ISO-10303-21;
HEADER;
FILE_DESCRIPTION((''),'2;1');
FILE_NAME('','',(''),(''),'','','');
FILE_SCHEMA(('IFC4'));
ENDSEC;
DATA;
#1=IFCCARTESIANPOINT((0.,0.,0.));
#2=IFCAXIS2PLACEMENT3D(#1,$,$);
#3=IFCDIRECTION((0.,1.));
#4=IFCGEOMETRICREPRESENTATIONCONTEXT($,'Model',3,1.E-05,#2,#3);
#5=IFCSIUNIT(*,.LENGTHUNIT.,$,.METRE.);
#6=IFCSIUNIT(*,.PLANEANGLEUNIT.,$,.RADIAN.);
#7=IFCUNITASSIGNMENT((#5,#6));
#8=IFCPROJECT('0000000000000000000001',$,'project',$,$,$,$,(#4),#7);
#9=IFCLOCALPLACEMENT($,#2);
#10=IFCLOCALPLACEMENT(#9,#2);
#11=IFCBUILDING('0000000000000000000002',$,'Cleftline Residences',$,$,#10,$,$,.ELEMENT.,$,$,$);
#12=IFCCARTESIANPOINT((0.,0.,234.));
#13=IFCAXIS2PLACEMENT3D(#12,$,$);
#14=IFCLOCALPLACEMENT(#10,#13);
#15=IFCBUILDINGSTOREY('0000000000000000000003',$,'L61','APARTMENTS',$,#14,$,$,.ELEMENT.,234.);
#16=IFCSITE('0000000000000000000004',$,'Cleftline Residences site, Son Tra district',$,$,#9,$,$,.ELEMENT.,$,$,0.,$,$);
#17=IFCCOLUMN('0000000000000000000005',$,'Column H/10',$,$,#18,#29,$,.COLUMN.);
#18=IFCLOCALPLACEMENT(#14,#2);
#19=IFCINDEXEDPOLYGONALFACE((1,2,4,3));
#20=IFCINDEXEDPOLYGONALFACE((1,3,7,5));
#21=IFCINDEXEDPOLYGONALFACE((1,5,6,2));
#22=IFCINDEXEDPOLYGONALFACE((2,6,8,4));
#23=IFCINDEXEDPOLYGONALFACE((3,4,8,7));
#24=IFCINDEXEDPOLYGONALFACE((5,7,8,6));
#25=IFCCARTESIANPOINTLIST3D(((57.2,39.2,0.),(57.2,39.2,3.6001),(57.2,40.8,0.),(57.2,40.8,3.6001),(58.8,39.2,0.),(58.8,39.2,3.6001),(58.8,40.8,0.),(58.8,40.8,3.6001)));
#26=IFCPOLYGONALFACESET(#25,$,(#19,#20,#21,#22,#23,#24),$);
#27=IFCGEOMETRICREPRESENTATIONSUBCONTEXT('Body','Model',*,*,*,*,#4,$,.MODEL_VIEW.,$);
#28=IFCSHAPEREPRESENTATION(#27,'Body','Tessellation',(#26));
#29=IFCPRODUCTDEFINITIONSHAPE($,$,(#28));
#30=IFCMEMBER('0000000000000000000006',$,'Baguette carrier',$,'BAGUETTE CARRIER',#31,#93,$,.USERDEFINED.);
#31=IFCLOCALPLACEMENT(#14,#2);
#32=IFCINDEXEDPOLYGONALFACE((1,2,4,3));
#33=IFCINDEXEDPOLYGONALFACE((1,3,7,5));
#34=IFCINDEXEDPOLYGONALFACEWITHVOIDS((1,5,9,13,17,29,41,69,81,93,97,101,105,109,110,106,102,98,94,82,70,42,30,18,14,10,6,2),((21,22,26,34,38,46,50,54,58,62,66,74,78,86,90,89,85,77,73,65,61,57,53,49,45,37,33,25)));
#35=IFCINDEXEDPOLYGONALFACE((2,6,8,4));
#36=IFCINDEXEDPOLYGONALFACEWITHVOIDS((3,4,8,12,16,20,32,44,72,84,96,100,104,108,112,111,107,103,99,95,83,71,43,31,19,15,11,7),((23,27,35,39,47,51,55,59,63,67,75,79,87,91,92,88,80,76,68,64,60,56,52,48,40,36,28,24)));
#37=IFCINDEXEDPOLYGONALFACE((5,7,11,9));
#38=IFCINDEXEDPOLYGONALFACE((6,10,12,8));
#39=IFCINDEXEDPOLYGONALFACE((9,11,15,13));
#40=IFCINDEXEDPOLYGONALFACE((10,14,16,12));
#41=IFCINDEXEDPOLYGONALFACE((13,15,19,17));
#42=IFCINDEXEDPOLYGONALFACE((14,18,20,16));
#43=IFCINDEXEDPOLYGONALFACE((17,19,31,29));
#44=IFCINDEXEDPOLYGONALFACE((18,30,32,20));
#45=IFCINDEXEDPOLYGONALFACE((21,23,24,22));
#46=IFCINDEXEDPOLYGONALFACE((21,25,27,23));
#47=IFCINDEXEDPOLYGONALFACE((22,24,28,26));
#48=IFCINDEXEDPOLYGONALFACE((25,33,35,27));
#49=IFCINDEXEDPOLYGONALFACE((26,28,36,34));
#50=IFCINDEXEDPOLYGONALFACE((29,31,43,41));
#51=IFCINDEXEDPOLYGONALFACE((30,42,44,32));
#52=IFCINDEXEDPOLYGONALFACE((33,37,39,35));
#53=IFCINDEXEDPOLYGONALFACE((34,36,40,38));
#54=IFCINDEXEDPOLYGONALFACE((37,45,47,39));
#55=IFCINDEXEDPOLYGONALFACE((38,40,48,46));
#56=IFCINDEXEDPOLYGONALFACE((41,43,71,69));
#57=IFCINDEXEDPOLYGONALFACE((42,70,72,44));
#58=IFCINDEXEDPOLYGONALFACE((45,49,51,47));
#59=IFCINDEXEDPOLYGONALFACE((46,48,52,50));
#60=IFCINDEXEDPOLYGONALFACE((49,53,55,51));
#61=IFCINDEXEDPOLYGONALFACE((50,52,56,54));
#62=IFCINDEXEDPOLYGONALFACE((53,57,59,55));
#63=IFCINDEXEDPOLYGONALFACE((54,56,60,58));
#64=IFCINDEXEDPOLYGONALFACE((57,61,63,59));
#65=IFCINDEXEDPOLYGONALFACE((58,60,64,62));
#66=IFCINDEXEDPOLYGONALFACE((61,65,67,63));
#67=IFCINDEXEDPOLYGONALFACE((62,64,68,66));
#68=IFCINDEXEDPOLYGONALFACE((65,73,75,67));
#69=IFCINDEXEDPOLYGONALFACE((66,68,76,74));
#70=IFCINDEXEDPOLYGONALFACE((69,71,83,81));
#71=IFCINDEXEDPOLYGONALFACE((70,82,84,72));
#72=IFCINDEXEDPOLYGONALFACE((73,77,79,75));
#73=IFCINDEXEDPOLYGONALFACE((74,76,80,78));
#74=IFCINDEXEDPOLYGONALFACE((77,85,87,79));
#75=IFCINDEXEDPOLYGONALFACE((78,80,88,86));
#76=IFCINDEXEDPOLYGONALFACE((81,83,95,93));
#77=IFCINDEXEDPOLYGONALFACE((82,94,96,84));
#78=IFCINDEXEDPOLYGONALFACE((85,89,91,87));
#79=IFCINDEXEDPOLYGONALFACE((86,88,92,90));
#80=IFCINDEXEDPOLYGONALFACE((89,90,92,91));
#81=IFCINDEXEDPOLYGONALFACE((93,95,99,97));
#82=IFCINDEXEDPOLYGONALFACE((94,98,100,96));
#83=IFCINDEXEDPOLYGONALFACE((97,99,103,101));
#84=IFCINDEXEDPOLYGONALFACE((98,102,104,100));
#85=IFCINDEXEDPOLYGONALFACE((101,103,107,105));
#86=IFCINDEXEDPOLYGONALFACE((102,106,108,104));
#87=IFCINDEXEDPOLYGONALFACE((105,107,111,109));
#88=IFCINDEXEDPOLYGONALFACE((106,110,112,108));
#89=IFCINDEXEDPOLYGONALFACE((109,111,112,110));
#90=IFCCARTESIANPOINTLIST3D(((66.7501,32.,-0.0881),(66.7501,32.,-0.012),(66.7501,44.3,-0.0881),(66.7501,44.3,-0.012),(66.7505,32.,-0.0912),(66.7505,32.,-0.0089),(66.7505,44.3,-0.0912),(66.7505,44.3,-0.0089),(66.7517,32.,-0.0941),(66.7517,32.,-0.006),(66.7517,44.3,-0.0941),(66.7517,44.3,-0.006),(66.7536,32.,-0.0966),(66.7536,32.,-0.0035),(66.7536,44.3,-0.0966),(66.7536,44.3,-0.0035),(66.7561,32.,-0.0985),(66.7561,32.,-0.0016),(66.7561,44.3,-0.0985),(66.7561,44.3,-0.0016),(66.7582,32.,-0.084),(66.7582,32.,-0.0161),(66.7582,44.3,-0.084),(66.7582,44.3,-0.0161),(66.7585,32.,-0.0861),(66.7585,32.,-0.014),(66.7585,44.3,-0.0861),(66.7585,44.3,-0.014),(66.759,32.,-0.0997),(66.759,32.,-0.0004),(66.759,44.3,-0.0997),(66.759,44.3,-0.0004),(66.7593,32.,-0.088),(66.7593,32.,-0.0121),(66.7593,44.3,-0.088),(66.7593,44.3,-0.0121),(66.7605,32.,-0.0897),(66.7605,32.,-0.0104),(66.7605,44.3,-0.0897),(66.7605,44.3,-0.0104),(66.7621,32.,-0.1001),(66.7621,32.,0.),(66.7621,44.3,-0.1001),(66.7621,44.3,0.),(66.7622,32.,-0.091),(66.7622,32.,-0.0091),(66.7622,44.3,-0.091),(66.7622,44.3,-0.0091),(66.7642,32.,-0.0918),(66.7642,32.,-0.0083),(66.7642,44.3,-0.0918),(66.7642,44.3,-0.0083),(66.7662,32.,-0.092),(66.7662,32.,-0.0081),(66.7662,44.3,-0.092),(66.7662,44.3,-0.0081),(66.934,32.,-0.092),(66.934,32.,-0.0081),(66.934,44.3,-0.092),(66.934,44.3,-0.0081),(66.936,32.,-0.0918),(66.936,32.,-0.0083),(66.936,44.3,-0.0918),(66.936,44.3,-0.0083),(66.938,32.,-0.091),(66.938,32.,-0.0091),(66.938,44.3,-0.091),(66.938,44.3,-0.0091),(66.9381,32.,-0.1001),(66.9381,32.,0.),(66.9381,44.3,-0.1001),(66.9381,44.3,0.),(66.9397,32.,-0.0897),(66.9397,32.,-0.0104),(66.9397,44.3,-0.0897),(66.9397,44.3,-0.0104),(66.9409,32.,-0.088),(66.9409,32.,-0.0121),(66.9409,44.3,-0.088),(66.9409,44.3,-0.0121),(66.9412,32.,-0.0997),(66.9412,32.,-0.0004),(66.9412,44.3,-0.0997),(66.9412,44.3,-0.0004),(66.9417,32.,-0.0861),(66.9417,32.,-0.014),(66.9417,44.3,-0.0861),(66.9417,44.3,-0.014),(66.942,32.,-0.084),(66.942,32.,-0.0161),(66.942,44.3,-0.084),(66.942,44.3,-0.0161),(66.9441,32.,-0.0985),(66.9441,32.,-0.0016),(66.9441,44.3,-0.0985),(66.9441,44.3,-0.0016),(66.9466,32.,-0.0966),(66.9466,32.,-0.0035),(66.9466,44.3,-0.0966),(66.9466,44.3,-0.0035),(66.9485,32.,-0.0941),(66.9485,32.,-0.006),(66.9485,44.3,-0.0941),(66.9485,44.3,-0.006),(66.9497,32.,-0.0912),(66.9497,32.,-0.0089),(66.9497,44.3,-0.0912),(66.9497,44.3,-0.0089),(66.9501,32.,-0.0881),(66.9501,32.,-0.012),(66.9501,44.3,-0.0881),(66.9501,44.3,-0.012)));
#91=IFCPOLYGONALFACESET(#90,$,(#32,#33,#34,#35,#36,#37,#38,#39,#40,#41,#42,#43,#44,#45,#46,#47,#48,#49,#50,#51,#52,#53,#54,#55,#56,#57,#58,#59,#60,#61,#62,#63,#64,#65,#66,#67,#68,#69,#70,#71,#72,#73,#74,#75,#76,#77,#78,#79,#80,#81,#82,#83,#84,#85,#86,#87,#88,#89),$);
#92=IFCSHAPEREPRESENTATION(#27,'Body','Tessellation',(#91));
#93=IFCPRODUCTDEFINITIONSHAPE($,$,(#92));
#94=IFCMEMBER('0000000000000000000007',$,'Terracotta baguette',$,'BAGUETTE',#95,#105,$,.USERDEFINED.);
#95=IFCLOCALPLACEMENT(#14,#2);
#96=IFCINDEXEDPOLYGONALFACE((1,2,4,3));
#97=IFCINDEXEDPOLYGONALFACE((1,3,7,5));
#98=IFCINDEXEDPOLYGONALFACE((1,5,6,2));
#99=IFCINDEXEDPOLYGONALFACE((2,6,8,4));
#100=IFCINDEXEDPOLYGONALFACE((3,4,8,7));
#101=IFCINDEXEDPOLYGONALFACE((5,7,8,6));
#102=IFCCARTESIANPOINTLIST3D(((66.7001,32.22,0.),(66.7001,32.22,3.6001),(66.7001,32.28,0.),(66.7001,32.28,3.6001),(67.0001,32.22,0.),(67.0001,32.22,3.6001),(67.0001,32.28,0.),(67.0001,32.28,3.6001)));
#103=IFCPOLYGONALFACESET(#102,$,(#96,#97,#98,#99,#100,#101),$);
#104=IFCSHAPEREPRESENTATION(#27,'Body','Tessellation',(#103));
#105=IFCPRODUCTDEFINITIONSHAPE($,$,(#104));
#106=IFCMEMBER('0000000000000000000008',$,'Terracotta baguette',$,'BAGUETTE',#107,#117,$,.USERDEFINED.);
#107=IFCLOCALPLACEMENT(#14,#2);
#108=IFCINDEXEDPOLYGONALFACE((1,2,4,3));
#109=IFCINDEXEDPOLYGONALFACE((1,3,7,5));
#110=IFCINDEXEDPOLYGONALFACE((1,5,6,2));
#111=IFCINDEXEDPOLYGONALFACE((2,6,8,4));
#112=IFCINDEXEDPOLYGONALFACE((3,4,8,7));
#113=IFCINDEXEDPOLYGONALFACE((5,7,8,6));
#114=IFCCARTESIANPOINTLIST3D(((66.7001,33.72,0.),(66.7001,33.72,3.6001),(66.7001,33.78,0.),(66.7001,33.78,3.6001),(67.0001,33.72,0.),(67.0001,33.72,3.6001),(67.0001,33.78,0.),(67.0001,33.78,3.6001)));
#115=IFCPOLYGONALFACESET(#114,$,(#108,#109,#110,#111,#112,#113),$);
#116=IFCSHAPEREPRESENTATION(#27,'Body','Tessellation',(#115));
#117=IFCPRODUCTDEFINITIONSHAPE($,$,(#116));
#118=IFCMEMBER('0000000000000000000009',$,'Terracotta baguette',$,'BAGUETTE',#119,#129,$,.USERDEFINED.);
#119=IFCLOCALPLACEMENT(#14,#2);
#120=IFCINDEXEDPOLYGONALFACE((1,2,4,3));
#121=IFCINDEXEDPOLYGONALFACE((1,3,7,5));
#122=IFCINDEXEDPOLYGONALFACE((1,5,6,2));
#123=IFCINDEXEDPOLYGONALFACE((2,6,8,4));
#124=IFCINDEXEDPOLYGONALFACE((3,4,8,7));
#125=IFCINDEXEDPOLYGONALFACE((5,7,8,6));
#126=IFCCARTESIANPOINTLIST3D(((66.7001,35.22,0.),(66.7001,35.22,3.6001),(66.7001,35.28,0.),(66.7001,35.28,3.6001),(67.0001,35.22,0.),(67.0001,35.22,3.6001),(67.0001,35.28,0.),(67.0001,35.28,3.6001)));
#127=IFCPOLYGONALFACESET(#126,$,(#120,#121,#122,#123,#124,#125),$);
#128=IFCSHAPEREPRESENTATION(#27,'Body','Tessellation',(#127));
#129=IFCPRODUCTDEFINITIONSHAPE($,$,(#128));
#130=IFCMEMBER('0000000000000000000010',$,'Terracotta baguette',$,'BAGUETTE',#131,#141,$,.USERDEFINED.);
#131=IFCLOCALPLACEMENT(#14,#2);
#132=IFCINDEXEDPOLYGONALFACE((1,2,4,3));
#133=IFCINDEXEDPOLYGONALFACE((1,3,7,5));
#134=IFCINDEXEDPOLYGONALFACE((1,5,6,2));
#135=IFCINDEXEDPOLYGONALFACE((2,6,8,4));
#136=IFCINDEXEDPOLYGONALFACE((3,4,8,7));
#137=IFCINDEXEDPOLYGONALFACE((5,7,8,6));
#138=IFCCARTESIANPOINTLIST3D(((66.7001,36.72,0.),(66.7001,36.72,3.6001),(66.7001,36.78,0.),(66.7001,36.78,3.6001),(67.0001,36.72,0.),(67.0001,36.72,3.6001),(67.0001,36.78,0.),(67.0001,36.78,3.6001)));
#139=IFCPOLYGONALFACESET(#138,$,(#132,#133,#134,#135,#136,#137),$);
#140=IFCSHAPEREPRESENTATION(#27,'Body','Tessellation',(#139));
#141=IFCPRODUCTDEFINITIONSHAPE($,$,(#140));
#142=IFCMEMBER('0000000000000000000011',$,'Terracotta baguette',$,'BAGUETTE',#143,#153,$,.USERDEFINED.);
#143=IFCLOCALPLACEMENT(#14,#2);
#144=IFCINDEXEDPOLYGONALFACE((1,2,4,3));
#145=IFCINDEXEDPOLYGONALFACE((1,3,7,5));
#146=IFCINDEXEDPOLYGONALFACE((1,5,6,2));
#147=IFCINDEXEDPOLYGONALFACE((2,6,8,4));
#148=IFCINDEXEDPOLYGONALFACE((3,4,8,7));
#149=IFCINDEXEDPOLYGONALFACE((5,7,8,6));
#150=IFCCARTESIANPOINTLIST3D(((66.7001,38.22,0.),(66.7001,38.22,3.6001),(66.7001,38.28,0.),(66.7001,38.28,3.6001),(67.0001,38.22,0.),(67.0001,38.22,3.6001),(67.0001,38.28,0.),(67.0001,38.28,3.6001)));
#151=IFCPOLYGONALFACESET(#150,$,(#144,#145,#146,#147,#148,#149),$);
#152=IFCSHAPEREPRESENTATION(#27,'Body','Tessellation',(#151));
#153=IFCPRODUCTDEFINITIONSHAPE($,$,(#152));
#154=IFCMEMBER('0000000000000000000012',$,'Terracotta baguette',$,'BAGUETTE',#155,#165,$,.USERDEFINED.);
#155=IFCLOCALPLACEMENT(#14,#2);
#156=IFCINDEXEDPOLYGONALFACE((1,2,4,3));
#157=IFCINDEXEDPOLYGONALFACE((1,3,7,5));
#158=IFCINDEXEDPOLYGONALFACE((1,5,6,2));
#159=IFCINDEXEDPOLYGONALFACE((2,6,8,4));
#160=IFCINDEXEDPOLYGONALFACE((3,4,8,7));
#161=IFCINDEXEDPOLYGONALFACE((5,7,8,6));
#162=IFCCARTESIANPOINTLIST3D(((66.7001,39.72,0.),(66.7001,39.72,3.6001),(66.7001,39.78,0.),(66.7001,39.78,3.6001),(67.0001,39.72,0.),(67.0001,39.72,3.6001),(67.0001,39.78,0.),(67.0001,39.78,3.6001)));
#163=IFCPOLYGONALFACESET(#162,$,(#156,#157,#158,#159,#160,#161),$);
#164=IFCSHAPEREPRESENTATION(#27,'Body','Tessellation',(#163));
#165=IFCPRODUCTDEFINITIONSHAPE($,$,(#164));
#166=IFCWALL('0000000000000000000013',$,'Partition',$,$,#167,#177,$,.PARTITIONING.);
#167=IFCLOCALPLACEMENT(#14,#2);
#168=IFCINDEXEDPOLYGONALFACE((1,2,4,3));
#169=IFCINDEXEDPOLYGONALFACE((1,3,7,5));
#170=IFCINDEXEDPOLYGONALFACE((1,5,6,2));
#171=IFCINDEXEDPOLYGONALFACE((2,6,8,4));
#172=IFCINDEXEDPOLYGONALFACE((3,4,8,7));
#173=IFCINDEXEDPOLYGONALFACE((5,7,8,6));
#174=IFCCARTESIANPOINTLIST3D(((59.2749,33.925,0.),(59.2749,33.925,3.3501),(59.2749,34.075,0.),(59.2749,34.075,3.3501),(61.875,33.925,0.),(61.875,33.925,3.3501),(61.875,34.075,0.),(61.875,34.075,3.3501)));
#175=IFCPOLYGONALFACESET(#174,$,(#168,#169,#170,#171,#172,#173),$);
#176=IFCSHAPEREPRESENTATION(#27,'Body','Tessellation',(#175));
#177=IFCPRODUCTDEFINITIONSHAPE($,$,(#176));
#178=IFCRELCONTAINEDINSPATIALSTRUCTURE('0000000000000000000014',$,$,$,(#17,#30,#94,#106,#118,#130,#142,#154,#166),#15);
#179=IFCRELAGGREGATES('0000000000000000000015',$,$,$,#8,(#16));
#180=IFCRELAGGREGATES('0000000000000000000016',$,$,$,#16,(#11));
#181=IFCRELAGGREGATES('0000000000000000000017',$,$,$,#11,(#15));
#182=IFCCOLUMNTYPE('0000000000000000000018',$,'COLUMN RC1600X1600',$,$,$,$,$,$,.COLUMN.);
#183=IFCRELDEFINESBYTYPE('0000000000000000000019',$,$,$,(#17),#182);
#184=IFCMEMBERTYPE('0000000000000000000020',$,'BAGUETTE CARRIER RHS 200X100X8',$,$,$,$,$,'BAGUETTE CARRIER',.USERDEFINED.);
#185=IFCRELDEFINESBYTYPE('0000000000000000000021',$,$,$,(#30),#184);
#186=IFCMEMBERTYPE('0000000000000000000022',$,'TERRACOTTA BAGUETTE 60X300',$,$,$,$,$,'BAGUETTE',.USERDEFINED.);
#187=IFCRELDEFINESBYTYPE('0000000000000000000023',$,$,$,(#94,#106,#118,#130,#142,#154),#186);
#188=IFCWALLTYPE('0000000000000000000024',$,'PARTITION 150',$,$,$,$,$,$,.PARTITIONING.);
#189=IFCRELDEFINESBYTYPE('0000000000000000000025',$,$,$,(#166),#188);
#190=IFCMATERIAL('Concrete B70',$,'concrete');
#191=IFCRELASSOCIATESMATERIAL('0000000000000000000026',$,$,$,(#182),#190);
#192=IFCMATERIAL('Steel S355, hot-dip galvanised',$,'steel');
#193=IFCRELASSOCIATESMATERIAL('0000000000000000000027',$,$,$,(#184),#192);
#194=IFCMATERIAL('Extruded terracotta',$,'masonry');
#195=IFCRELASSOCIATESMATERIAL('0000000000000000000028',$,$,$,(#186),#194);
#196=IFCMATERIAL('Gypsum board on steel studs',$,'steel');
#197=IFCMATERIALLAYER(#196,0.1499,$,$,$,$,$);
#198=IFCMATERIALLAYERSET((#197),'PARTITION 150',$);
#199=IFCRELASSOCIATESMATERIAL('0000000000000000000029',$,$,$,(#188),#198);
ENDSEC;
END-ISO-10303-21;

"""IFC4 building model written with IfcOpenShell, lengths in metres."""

from ifc_helpers import new_model, si_unit, direction, frame, frame_2d, origin, origin_2d, place, context, subcontext, project, spatial, rectangle, hollow_rectangle, extrude, material, layer, layer_set, material_profile, profile_set, type_object, element, save


model = new_model("IFC4")

# Units and contexts
model_context = context("Model", 3, precision=1e-05, world=origin(), true_north=direction((0.0, 1.0)))
body_context = subcontext(model_context, "Body", "Model", "MODEL_VIEW")
ifc_project = project(units=[si_unit("LENGTHUNIT", "METRE"), si_unit("PLANEANGLEUNIT", "RADIAN")], contexts=[model_context])

# Site, building, storey
site_placement = place(None, origin())
site = spatial("IfcSite", under=ifc_project, at=site_placement, Name="Cleftline Residences site, Son Tra district", CompositionType="ELEMENT", RefElevation=0.0)
building_placement = place(site_placement, origin())
building = spatial("IfcBuilding", under=site, at=building_placement, Name="Cleftline Residences", CompositionType="ELEMENT")
storey_placement = place(building_placement, frame((0.0, 0.0, 234.0)))
storey = spatial("IfcBuildingStorey", under=building, at=storey_placement, Name="L61", Description="APARTMENTS", CompositionType="ELEMENT", Elevation=234.0)

# Column
ifc_material_1 = material(Name="Concrete B70", Category="concrete")
ifc_material_profile_1 = material_profile(ifc_material_1, rectangle(XDim=1.6001, YDim=1.6001, at=origin_2d()))
ifc_profile_set_1 = profile_set([ifc_material_profile_1], Name="Concrete B70")
column_type = type_object("IfcColumnType", Name="COLUMN RC1600X1600", PredefinedType="COLUMN", material=ifc_profile_set_1)
column_placement = place(storey_placement, frame((58.0, 40.0, 0.0), z_axis=(0.0, 0.0, 1.0), x_axis=(1.0, 0.0, 0.0)))
element("IfcColumn", 1, at=column_placement, inside=storey, type_object=column_type, Name="Column H/10", PredefinedType="COLUMN", context=body_context, shape_type="SweptSolid", body=[
    extrude(rectangle(XDim=1.6001, YDim=1.6001, at=origin_2d()), origin(), (0.0, 0.0, 1.0), 3.6001),
])

# Members
ifc_material_2 = material(Name="Steel S355, hot-dip galvanised", Category="steel")
ifc_material_profile_2 = material_profile(ifc_material_2, hollow_rectangle(XDim=0.1001, YDim=0.2, WallThickness=0.0081, InnerFilletRadius=0.0081, OuterFilletRadius=0.012, at=origin_2d()))
ifc_profile_set_2 = profile_set([ifc_material_profile_2], Name="Steel S355, hot-dip galvanised")
member_type_1 = type_object("IfcMemberType", Name="BAGUETTE CARRIER RHS 200X100X8", ElementType="BAGUETTE CARRIER", PredefinedType="USERDEFINED", material=ifc_profile_set_2)
member_placement = place(storey_placement, frame((66.8501, 32.0, -0.05), z_axis=(0.0, 1.0, 0.0), x_axis=(0.0, 0.0, 1.0)))
element("IfcMember", 2, at=member_placement, inside=storey, type_object=member_type_1, Name="Baguette carrier", ObjectType="BAGUETTE CARRIER", PredefinedType="USERDEFINED", context=body_context, shape_type="SweptSolid", body=[
    extrude(hollow_rectangle(XDim=0.1001, YDim=0.2, WallThickness=0.0081, InnerFilletRadius=0.0081, OuterFilletRadius=0.012, at=origin_2d()), origin(), (0.0, 0.0, 1.0), 12.3),
])
ifc_material_3 = material(Name="Extruded terracotta", Category="masonry")
ifc_material_profile_3 = material_profile(ifc_material_3, rectangle(XDim=0.0601, YDim=0.3, at=origin_2d()))
ifc_profile_set_3 = profile_set([ifc_material_profile_3], Name="Extruded terracotta")
member_type_2 = type_object("IfcMemberType", Name="TERRACOTTA BAGUETTE 60X300", ElementType="BAGUETTE", PredefinedType="USERDEFINED", material=ifc_profile_set_3)
for number, where, z_axis, x_axis, name in (
    (3, (66.8501, 32.25, 0.0), (0.0, 0.0, 1.0), (0.0, 1.0, 0.0), "Terracotta baguette"),
    (4, (66.8501, 33.75, 0.0), (0.0, 0.0, 1.0), (0.0, 1.0, 0.0), "Terracotta baguette"),
    (5, (66.8501, 35.25, 0.0), (0.0, 0.0, 1.0), (0.0, 1.0, 0.0), "Terracotta baguette"),
    (6, (66.8501, 36.75, 0.0), (0.0, 0.0, 1.0), (0.0, 1.0, 0.0), "Terracotta baguette"),
    (7, (66.8501, 38.25, 0.0), (0.0, 0.0, 1.0), (0.0, 1.0, 0.0), "Terracotta baguette"),
    (8, (66.8501, 39.75, 0.0), (0.0, 0.0, 1.0), (0.0, 1.0, 0.0), "Terracotta baguette"),
):
    element("IfcMember", number, at=place(storey_placement, frame(where, z_axis=z_axis, x_axis=x_axis)), inside=storey, type_object=member_type_2, Name=name, ObjectType="BAGUETTE", PredefinedType="USERDEFINED", context=body_context, shape_type="SweptSolid", body=[
        extrude(rectangle(XDim=0.0601, YDim=0.3, at=origin_2d()), origin(), (0.0, 0.0, 1.0), 3.6001),
    ])

# Wall
ifc_material_4 = material(Name="Gypsum board on steel studs", Category="steel")
ifc_layer = layer(ifc_material_4, 0.1499)
ifc_layer_set = layer_set([ifc_layer], Name="PARTITION 150")
wall_type = type_object("IfcWallType", Name="PARTITION 150", PredefinedType="PARTITIONING", material=ifc_layer_set)
wall_1_placement = place(storey_placement, frame((59.2749, 34.0, 0.0), z_axis=(0.0, 0.0, 1.0), x_axis=(1.0, 0.0, 0.0)))
element("IfcWall", 9, at=wall_1_placement, inside=storey, type_object=wall_type, Name="Partition", PredefinedType="PARTITIONING", context=body_context, shape_type="SweptSolid", body=[
    extrude(rectangle(XDim=2.6001, YDim=0.1499, at=frame_2d((1.3, 0.0))), origin(), (0.0, 0.0, 1.0), 3.3501),
])

save(model, "model.ifc")
